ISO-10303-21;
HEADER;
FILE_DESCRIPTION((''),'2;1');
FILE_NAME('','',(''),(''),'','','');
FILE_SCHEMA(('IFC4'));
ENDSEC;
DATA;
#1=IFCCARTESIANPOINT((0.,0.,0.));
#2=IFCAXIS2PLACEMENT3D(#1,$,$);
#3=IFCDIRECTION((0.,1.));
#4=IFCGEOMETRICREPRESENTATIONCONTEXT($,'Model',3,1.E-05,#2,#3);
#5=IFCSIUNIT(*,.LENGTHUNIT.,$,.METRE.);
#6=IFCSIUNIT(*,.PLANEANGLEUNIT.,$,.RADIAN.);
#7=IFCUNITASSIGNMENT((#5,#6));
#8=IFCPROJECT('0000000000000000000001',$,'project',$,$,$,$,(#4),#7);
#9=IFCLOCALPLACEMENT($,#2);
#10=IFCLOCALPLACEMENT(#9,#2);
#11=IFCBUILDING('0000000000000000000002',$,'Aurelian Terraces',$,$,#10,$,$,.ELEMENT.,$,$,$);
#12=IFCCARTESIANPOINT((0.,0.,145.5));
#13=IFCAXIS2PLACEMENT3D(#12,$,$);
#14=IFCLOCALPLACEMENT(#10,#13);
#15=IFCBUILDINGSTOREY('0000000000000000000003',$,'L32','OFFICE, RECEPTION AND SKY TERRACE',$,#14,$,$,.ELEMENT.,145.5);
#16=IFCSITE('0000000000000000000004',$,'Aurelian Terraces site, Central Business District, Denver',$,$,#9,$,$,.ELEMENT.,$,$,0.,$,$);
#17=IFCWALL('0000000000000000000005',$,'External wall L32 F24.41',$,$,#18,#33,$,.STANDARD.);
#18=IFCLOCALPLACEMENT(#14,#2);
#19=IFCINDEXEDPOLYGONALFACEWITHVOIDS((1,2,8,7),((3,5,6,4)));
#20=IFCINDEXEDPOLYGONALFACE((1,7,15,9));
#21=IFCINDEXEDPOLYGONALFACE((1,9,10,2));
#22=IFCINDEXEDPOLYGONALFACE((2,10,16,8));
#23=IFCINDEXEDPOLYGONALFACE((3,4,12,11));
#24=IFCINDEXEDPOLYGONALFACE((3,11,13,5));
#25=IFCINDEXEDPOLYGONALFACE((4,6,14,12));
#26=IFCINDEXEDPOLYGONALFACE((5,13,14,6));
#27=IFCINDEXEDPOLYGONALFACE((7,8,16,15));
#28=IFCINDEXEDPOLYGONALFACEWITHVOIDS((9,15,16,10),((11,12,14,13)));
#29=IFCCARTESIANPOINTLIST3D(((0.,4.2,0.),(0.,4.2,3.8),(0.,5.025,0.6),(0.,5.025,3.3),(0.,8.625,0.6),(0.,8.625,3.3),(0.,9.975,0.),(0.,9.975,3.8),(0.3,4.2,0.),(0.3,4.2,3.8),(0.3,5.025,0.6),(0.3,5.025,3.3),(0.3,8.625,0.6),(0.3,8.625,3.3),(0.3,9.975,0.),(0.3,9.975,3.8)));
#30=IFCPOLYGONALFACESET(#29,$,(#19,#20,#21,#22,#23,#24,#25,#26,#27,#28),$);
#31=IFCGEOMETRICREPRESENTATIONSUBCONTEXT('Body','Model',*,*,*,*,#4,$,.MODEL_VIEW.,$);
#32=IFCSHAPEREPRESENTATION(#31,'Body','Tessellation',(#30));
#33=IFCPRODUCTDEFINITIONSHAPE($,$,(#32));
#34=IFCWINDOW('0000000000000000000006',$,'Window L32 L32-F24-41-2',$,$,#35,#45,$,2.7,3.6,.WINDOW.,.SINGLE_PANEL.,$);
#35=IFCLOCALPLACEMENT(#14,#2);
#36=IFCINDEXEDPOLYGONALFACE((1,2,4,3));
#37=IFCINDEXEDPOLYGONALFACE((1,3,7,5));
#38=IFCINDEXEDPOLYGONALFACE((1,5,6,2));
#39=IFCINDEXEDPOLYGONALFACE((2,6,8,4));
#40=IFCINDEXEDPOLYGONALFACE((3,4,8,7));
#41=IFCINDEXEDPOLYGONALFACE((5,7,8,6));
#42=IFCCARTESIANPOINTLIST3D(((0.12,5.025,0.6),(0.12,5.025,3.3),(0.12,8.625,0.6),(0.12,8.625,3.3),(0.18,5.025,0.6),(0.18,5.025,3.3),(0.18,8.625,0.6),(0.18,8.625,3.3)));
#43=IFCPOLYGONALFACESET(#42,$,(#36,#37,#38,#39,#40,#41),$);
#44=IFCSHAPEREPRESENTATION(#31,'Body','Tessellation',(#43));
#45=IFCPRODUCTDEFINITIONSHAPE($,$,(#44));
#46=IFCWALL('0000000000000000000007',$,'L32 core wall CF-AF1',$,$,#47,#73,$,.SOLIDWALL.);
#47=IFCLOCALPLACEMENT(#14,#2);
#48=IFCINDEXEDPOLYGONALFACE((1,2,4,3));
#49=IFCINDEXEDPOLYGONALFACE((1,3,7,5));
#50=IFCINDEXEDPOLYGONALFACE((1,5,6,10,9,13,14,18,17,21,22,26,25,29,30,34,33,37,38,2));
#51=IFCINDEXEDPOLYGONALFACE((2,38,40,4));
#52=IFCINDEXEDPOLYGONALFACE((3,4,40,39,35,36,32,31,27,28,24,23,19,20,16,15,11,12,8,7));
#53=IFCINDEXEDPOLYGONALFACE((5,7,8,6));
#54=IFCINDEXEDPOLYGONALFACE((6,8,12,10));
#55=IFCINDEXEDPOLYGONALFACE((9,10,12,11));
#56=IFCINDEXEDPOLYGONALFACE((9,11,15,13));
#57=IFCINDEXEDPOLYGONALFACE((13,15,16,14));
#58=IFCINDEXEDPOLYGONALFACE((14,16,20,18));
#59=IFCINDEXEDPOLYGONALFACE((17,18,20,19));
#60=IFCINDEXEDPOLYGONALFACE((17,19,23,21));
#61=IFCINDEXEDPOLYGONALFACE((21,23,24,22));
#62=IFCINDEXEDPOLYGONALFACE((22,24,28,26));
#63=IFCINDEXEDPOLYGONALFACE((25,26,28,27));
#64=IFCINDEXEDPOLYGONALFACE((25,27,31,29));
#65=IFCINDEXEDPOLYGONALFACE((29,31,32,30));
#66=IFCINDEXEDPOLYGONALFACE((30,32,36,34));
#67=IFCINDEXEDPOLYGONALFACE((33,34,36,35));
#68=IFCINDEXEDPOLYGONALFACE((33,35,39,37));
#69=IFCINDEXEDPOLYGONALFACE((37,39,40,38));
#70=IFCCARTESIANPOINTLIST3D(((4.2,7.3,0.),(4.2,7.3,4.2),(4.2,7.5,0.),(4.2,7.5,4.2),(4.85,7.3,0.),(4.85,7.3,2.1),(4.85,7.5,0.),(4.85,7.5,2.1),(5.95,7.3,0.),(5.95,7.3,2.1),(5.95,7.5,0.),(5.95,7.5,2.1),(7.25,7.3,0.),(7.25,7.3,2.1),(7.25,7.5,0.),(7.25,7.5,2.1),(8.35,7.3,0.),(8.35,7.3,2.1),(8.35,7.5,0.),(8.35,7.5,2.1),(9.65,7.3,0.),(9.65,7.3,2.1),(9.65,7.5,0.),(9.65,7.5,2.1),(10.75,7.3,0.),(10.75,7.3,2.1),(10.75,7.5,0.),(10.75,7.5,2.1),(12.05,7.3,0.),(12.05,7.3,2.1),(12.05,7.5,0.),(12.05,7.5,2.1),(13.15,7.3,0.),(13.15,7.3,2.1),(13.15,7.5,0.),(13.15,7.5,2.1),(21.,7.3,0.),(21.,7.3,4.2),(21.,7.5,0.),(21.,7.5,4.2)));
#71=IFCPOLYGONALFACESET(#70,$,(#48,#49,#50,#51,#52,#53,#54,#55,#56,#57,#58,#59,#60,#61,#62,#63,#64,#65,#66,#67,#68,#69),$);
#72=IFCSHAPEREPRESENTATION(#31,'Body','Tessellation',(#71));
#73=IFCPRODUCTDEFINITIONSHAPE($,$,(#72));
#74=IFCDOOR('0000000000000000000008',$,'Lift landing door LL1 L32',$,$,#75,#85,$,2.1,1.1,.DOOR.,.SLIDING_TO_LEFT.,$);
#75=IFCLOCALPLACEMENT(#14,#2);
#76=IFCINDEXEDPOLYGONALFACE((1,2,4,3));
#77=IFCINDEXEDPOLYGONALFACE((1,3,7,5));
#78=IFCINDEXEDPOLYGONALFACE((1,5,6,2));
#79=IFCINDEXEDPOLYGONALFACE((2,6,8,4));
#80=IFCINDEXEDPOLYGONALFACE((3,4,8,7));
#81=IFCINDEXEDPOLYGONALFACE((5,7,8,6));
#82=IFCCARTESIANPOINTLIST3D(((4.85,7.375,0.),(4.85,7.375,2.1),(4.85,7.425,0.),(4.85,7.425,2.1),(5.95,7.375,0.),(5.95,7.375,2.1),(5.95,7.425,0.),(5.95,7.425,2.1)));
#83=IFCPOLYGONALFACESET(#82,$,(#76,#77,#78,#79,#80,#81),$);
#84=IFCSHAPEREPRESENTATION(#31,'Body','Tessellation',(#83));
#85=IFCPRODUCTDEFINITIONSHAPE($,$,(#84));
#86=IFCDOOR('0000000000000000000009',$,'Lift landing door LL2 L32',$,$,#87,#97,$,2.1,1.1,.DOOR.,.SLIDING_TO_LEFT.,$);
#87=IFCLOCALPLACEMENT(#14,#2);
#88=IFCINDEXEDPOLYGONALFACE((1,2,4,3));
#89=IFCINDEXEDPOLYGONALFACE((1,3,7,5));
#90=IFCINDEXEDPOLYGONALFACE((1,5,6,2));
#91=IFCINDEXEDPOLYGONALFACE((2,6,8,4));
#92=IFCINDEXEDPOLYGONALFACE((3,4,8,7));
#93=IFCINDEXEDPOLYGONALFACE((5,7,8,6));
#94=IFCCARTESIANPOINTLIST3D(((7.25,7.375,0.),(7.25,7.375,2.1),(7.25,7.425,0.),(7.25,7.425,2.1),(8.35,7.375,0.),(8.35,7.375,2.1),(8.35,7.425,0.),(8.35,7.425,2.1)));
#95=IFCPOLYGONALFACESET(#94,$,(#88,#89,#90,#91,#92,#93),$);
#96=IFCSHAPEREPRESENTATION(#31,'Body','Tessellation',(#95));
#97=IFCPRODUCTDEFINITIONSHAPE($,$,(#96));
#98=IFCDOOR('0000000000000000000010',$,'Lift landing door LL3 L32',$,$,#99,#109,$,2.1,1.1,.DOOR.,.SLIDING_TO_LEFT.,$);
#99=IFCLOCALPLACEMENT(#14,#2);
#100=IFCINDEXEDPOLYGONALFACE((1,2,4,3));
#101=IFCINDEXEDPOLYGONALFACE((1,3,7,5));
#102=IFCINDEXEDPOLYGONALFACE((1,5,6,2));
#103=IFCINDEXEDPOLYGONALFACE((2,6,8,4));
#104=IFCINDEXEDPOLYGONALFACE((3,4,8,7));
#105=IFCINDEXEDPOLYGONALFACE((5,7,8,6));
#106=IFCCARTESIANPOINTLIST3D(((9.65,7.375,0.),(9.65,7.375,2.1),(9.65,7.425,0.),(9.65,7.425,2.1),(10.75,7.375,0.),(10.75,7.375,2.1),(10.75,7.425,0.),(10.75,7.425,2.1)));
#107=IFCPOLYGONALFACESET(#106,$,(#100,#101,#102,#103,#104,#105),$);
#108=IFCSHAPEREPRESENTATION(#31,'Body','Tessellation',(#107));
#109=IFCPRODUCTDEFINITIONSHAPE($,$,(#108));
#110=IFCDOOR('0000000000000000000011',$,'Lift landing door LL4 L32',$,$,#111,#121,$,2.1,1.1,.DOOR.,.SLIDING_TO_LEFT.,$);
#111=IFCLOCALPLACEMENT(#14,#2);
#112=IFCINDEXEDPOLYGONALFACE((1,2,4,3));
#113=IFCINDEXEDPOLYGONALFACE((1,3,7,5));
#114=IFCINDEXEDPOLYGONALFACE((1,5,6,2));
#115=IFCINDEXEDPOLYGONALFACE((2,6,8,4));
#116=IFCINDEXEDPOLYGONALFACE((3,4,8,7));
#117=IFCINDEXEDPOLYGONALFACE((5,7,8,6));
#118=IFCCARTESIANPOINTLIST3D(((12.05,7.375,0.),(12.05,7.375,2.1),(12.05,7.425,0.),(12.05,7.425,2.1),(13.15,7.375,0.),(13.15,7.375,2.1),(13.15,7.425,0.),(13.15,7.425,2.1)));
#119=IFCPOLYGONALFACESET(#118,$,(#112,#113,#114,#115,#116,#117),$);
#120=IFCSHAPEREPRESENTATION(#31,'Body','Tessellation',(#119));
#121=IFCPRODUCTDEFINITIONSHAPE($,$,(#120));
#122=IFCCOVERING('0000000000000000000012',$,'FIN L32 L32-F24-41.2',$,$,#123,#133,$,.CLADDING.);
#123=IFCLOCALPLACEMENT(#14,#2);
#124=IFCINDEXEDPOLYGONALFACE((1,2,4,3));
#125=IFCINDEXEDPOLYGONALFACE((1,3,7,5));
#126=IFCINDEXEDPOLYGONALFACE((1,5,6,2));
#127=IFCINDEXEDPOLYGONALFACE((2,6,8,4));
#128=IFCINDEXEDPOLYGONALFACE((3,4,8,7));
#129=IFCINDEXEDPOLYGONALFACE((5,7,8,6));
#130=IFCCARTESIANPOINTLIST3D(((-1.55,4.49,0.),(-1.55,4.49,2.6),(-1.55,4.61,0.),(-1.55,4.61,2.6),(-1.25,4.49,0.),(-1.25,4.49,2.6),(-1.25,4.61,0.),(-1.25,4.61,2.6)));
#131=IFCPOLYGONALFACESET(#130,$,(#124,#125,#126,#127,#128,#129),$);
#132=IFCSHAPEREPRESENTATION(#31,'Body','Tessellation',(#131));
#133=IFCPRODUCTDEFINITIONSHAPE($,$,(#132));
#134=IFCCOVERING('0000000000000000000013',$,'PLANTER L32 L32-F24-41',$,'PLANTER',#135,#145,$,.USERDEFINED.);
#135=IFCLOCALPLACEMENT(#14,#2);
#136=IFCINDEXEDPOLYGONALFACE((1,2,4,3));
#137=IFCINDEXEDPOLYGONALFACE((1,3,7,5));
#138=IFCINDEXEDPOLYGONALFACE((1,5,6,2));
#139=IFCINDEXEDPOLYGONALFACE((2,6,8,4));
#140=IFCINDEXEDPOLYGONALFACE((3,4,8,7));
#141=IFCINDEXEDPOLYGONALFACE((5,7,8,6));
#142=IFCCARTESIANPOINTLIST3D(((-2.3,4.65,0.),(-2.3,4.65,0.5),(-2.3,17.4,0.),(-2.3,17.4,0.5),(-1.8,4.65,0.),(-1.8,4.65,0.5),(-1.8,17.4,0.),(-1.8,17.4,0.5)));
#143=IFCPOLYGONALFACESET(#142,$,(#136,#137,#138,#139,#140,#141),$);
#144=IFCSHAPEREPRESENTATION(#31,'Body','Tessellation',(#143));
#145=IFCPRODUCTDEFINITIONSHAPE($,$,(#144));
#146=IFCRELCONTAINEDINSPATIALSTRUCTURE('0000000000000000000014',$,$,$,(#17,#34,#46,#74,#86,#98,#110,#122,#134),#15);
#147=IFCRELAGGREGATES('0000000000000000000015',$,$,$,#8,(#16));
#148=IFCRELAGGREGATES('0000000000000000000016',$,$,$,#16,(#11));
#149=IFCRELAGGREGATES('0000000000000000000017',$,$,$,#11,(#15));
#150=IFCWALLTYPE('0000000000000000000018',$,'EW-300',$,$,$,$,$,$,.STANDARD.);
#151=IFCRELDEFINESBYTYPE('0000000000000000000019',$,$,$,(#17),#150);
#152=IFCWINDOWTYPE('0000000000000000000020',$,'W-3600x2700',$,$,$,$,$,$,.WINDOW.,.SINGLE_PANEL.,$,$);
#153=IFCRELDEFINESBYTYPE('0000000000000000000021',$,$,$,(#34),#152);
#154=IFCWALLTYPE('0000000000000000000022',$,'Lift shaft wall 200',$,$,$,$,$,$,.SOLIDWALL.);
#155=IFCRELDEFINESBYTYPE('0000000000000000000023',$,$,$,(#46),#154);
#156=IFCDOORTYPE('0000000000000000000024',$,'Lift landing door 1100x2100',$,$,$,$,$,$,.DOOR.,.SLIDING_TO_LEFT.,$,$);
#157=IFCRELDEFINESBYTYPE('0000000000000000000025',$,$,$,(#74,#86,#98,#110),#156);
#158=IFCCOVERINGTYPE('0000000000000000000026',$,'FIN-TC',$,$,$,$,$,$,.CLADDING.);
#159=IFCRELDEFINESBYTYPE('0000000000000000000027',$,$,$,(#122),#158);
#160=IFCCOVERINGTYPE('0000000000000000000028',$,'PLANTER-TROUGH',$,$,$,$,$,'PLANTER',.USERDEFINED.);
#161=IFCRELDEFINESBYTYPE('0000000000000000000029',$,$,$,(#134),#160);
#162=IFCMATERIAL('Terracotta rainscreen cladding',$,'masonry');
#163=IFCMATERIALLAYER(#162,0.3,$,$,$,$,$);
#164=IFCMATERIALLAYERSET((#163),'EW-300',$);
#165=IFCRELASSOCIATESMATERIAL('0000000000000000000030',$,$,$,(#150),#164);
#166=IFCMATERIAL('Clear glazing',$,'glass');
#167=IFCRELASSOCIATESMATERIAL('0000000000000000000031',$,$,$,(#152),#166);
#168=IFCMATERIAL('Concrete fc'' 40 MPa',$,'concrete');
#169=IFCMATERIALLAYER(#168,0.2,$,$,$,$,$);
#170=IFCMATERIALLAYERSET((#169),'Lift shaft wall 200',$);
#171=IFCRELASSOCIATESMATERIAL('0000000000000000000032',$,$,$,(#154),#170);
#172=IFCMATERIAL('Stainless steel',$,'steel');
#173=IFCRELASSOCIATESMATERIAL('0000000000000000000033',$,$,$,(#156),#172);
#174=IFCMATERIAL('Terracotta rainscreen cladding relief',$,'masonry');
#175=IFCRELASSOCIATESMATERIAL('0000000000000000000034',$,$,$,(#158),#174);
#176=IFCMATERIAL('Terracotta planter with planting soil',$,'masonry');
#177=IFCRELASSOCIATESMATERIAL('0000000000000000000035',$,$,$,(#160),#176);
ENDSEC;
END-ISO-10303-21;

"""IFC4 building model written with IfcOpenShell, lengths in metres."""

from ifc_helpers import new_model, si_unit, direction, frame, frame_2d, origin, origin_2d, place, context, subcontext, project, spatial, rectangle, extrude, source, transform, mapped, material, layer, layer_set, type_object, element, fill, save


model = new_model("IFC4")

# Units and contexts
model_context = context("Model", 3, precision=1e-05, world=origin(), true_north=direction((0.0, 1.0)))
body_context = subcontext(model_context, "Body", "Model", "MODEL_VIEW")
ifc_project = project(units=[si_unit("LENGTHUNIT", "METRE"), si_unit("PLANEANGLEUNIT", "RADIAN")], contexts=[model_context])

# Site, building, storey
site_placement = place(None, origin())
site = spatial("IfcSite", under=ifc_project, at=site_placement, Name="Aurelian Terraces site, Central Business District, Denver", CompositionType="ELEMENT", RefElevation=0.0)
building_placement = place(site_placement, origin())
building = spatial("IfcBuilding", under=site, at=building_placement, Name="Aurelian Terraces", CompositionType="ELEMENT")
storey_placement = place(building_placement, frame((0.0, 0.0, 145.5)))
storey = spatial("IfcBuildingStorey", under=building, at=storey_placement, Name="L32", Description="OFFICE, RECEPTION AND SKY TERRACE", CompositionType="ELEMENT", Elevation=145.5)

# Wall, opening, window
ifc_material_1 = material(Name="Terracotta rainscreen cladding", Category="masonry")
ifc_layer_1 = layer(ifc_material_1, 0.3)
ifc_layer_set_1 = layer_set([ifc_layer_1], Name="EW-300")
wall_type_1 = type_object("IfcWallType", Name="EW-300", PredefinedType="STANDARD", material=ifc_layer_set_1)
ifc_material_2 = material(Name="Clear glazing", Category="glass")
shared_shape_1 = source(origin(), body_context, "Body", "SweptSolid", [
    extrude(rectangle(XDim=5.775, YDim=0.3, at=frame_2d((2.8875, 0.0))), origin(), (0.0, 0.0, 1.0), 3.8),
])
wall_1_placement = place(storey_placement, frame((0.15, 9.975, 0.0), z_axis=(0.0, 0.0, 1.0), x_axis=(0.0, -1.0, 0.0)))
wall_1 = element("IfcWall", 1, at=wall_1_placement, inside=storey, type_object=wall_type_1, Name="External wall L32 F24.41", PredefinedType="STANDARD", context=body_context, shape_type="MappedRepresentation", body=[
    mapped(shared_shape_1, transform((0.0, 0.0, 0.0), scale=1.0)),
])
shared_shape_2 = source(origin(), body_context, "Body", "SweptSolid", [
    extrude(rectangle(XDim=3.6, YDim=2.7, at=frame_2d((1.8, 1.35))), frame((0.0, 0.16, 0.0), z_axis=(0.0, -1.0, 0.0), x_axis=(1.0, 0.0, 0.0)), (0.0, 0.0, 1.0), 0.32),
])
opening_1_placement = place(wall_1_placement, frame((1.35, 0.0, 0.6)))
opening_1 = element("IfcOpeningElement", 2, at=opening_1_placement, cuts=wall_1, PredefinedType="OPENING", context=body_context, shape_type="MappedRepresentation", body=[
    mapped(shared_shape_2, transform((0.0, 0.0, 0.0), scale=1.0)),
])
window_type_1 = type_object("IfcWindowType", Name="W-3600x2700", PartitioningType="SINGLE_PANEL", PredefinedType="WINDOW", material=ifc_material_2)
shared_shape_3 = source(origin(), body_context, "Body", "SweptSolid", [
    extrude(rectangle(XDim=3.6, YDim=2.7, at=frame_2d((1.8, 1.35))), frame((0.0, 0.03, 0.0), z_axis=(0.0, -1.0, 0.0), x_axis=(1.0, 0.0, 0.0)), (0.0, 0.0, 1.0), 0.06),
])
window_1_placement = place(opening_1_placement, origin())
window_1 = element("IfcWindow", 3, at=window_1_placement, inside=storey, type_object=window_type_1, Name="Window L32 L32-F24-41-2", OverallHeight=2.7, OverallWidth=3.6, PartitioningType="SINGLE_PANEL", PredefinedType="WINDOW", context=body_context, shape_type="MappedRepresentation", body=[
    mapped(shared_shape_3, transform((0.0, 0.0, 0.0), scale=1.0)),
])
fill(opening_1, window_1)

# Wall, openings, doors
ifc_material_3 = material(Name="Concrete fc' 40 MPa", Category="concrete")
ifc_layer_2 = layer(ifc_material_3, 0.2)
ifc_layer_set_2 = layer_set([ifc_layer_2], Name="Lift shaft wall 200")
wall_type_2 = type_object("IfcWallType", Name="Lift shaft wall 200", PredefinedType="SOLIDWALL", material=ifc_layer_set_2)
shared_shape_4 = source(origin(), body_context, "Body", "SweptSolid", [
    extrude(rectangle(XDim=16.8, YDim=0.2, at=frame_2d((8.4, 0.0))), origin(), (0.0, 0.0, 1.0), 4.2),
])
wall_2_placement = place(storey_placement, frame((4.2, 7.4, 0.0), z_axis=(0.0, 0.0, 1.0), x_axis=(1.0, 0.0, 0.0)))
wall_2 = element("IfcWall", 4, at=wall_2_placement, inside=storey, type_object=wall_type_2, Name="L32 core wall CF-AF1", PredefinedType="SOLIDWALL", context=body_context, shape_type="MappedRepresentation", body=[
    mapped(shared_shape_4, transform((0.0, 0.0, 0.0), scale=1.0)),
])
shared_shape_5 = source(origin(), body_context, "Body", "SweptSolid", [
    extrude(rectangle(XDim=1.1, YDim=2.1, at=frame_2d((0.55, 1.05))), frame((0.0, 0.11, 0.0), z_axis=(0.0, -1.0, 0.0), x_axis=(1.0, 0.0, 0.0)), (0.0, 0.0, 1.0), 0.22),
])
opening_2_placement = place(wall_2_placement, frame((0.65, 0.0, 0.0)))
opening_2 = element("IfcOpeningElement", 5, at=opening_2_placement, cuts=wall_2, PredefinedType="OPENING", context=body_context, shape_type="MappedRepresentation", body=[
    mapped(shared_shape_5, transform((0.0, 0.0, 0.0), scale=1.0)),
])
opening_3_placement = place(wall_2_placement, frame((3.05, 0.0, 0.0)))
opening_3 = element("IfcOpeningElement", 6, at=opening_3_placement, cuts=wall_2, PredefinedType="OPENING", context=body_context, shape_type="MappedRepresentation", body=[
    mapped(shared_shape_5, transform((0.0, 0.0, 0.0), scale=1.0)),
])
opening_4_placement = place(wall_2_placement, frame((5.45, 0.0, 0.0)))
opening_4 = element("IfcOpeningElement", 7, at=opening_4_placement, cuts=wall_2, PredefinedType="OPENING", context=body_context, shape_type="MappedRepresentation", body=[
    mapped(shared_shape_5, transform((0.0, 0.0, 0.0), scale=1.0)),
])
opening_5_placement = place(wall_2_placement, frame((7.85, 0.0, 0.0)))
opening_5 = element("IfcOpeningElement", 8, at=opening_5_placement, cuts=wall_2, PredefinedType="OPENING", context=body_context, shape_type="MappedRepresentation", body=[
    mapped(shared_shape_5, transform((0.0, 0.0, 0.0), scale=1.0)),
])
ifc_material_4 = material(Name="Stainless steel", Category="steel")
door_type_1 = type_object("IfcDoorType", Name="Lift landing door 1100x2100", OperationType="SLIDING_TO_LEFT", PredefinedType="DOOR", material=ifc_material_4)
shared_shape_6 = source(origin(), body_context, "Body", "SweptSolid", [
    extrude(rectangle(XDim=1.1, YDim=2.1, at=frame_2d((0.55, 1.05))), frame((0.0, 0.025, 0.0), z_axis=(0.0, -1.0, 0.0), x_axis=(1.0, 0.0, 0.0)), (0.0, 0.0, 1.0), 0.05),
])
door_1_placement = place(opening_2_placement, origin())
door_1 = element("IfcDoor", 9, at=door_1_placement, inside=storey, type_object=door_type_1, Name="Lift landing door LL1 L32", OperationType="SLIDING_TO_LEFT", OverallHeight=2.1, OverallWidth=1.1, PredefinedType="DOOR", context=body_context, shape_type="MappedRepresentation", body=[
    mapped(shared_shape_6, transform((0.0, 0.0, 0.0), scale=1.0)),
])
fill(opening_2, door_1)
door_2_placement = place(opening_3_placement, origin())
door_2 = element("IfcDoor", 10, at=door_2_placement, inside=storey, type_object=door_type_1, Name="Lift landing door LL2 L32", OperationType="SLIDING_TO_LEFT", OverallHeight=2.1, OverallWidth=1.1, PredefinedType="DOOR", context=body_context, shape_type="MappedRepresentation", body=[
    mapped(shared_shape_6, transform((0.0, 0.0, 0.0), scale=1.0)),
])
fill(opening_3, door_2)
door_3_placement = place(opening_4_placement, origin())
door_3 = element("IfcDoor", 11, at=door_3_placement, inside=storey, type_object=door_type_1, Name="Lift landing door LL3 L32", OperationType="SLIDING_TO_LEFT", OverallHeight=2.1, OverallWidth=1.1, PredefinedType="DOOR", context=body_context, shape_type="MappedRepresentation", body=[
    mapped(shared_shape_6, transform((0.0, 0.0, 0.0), scale=1.0)),
])
fill(opening_4, door_3)
door_4_placement = place(opening_5_placement, origin())
door_4 = element("IfcDoor", 12, at=door_4_placement, inside=storey, type_object=door_type_1, Name="Lift landing door LL4 L32", OperationType="SLIDING_TO_LEFT", OverallHeight=2.1, OverallWidth=1.1, PredefinedType="DOOR", context=body_context, shape_type="MappedRepresentation", body=[
    mapped(shared_shape_6, transform((0.0, 0.0, 0.0), scale=1.0)),
])
fill(opening_5, door_4)

# Coverings
ifc_material_5 = material(Name="Terracotta rainscreen cladding relief", Category="masonry")
covering_type_1 = type_object("IfcCoveringType", Name="FIN-TC", PredefinedType="CLADDING", material=ifc_material_5)
shared_shape_7 = source(origin(), body_context, "Body", "SweptSolid", [
    extrude(rectangle(XDim=0.3, YDim=0.12, at=origin_2d()), origin(), (0.0, 0.0, 1.0), 2.6),
])
covering_1_placement = place(storey_placement, frame((-1.4, 4.55, 0.0), z_axis=(0.0, 0.0, 1.0), x_axis=(1.0, 0.0, 0.0)))
element("IfcCovering", 13, at=covering_1_placement, inside=storey, type_object=covering_type_1, Name="FIN L32 L32-F24-41.2", PredefinedType="CLADDING", context=body_context, shape_type="MappedRepresentation", body=[
    mapped(shared_shape_7, transform((0.0, 0.0, 0.0), scale=1.0)),
])
ifc_material_6 = material(Name="Terracotta planter with planting soil", Category="masonry")
covering_type_2 = type_object("IfcCoveringType", Name="PLANTER-TROUGH", ElementType="PLANTER", PredefinedType="USERDEFINED", material=ifc_material_6)
shared_shape_8 = source(origin(), body_context, "Body", "SweptSolid", [
    extrude(rectangle(XDim=0.5, YDim=12.75, at=origin_2d()), origin(), (0.0, 0.0, 1.0), 0.5),
])
covering_2_placement = place(storey_placement, frame((-2.05, 11.025, 0.0), z_axis=(0.0, 0.0, 1.0), x_axis=(1.0, 0.0, 0.0)))
element("IfcCovering", 14, at=covering_2_placement, inside=storey, type_object=covering_type_2, Name="PLANTER L32 L32-F24-41", ObjectType="PLANTER", PredefinedType="USERDEFINED", context=body_context, shape_type="MappedRepresentation", body=[
    mapped(shared_shape_8, transform((0.0, 0.0, 0.0), scale=1.0)),
])

save(model, "model.ifc")
